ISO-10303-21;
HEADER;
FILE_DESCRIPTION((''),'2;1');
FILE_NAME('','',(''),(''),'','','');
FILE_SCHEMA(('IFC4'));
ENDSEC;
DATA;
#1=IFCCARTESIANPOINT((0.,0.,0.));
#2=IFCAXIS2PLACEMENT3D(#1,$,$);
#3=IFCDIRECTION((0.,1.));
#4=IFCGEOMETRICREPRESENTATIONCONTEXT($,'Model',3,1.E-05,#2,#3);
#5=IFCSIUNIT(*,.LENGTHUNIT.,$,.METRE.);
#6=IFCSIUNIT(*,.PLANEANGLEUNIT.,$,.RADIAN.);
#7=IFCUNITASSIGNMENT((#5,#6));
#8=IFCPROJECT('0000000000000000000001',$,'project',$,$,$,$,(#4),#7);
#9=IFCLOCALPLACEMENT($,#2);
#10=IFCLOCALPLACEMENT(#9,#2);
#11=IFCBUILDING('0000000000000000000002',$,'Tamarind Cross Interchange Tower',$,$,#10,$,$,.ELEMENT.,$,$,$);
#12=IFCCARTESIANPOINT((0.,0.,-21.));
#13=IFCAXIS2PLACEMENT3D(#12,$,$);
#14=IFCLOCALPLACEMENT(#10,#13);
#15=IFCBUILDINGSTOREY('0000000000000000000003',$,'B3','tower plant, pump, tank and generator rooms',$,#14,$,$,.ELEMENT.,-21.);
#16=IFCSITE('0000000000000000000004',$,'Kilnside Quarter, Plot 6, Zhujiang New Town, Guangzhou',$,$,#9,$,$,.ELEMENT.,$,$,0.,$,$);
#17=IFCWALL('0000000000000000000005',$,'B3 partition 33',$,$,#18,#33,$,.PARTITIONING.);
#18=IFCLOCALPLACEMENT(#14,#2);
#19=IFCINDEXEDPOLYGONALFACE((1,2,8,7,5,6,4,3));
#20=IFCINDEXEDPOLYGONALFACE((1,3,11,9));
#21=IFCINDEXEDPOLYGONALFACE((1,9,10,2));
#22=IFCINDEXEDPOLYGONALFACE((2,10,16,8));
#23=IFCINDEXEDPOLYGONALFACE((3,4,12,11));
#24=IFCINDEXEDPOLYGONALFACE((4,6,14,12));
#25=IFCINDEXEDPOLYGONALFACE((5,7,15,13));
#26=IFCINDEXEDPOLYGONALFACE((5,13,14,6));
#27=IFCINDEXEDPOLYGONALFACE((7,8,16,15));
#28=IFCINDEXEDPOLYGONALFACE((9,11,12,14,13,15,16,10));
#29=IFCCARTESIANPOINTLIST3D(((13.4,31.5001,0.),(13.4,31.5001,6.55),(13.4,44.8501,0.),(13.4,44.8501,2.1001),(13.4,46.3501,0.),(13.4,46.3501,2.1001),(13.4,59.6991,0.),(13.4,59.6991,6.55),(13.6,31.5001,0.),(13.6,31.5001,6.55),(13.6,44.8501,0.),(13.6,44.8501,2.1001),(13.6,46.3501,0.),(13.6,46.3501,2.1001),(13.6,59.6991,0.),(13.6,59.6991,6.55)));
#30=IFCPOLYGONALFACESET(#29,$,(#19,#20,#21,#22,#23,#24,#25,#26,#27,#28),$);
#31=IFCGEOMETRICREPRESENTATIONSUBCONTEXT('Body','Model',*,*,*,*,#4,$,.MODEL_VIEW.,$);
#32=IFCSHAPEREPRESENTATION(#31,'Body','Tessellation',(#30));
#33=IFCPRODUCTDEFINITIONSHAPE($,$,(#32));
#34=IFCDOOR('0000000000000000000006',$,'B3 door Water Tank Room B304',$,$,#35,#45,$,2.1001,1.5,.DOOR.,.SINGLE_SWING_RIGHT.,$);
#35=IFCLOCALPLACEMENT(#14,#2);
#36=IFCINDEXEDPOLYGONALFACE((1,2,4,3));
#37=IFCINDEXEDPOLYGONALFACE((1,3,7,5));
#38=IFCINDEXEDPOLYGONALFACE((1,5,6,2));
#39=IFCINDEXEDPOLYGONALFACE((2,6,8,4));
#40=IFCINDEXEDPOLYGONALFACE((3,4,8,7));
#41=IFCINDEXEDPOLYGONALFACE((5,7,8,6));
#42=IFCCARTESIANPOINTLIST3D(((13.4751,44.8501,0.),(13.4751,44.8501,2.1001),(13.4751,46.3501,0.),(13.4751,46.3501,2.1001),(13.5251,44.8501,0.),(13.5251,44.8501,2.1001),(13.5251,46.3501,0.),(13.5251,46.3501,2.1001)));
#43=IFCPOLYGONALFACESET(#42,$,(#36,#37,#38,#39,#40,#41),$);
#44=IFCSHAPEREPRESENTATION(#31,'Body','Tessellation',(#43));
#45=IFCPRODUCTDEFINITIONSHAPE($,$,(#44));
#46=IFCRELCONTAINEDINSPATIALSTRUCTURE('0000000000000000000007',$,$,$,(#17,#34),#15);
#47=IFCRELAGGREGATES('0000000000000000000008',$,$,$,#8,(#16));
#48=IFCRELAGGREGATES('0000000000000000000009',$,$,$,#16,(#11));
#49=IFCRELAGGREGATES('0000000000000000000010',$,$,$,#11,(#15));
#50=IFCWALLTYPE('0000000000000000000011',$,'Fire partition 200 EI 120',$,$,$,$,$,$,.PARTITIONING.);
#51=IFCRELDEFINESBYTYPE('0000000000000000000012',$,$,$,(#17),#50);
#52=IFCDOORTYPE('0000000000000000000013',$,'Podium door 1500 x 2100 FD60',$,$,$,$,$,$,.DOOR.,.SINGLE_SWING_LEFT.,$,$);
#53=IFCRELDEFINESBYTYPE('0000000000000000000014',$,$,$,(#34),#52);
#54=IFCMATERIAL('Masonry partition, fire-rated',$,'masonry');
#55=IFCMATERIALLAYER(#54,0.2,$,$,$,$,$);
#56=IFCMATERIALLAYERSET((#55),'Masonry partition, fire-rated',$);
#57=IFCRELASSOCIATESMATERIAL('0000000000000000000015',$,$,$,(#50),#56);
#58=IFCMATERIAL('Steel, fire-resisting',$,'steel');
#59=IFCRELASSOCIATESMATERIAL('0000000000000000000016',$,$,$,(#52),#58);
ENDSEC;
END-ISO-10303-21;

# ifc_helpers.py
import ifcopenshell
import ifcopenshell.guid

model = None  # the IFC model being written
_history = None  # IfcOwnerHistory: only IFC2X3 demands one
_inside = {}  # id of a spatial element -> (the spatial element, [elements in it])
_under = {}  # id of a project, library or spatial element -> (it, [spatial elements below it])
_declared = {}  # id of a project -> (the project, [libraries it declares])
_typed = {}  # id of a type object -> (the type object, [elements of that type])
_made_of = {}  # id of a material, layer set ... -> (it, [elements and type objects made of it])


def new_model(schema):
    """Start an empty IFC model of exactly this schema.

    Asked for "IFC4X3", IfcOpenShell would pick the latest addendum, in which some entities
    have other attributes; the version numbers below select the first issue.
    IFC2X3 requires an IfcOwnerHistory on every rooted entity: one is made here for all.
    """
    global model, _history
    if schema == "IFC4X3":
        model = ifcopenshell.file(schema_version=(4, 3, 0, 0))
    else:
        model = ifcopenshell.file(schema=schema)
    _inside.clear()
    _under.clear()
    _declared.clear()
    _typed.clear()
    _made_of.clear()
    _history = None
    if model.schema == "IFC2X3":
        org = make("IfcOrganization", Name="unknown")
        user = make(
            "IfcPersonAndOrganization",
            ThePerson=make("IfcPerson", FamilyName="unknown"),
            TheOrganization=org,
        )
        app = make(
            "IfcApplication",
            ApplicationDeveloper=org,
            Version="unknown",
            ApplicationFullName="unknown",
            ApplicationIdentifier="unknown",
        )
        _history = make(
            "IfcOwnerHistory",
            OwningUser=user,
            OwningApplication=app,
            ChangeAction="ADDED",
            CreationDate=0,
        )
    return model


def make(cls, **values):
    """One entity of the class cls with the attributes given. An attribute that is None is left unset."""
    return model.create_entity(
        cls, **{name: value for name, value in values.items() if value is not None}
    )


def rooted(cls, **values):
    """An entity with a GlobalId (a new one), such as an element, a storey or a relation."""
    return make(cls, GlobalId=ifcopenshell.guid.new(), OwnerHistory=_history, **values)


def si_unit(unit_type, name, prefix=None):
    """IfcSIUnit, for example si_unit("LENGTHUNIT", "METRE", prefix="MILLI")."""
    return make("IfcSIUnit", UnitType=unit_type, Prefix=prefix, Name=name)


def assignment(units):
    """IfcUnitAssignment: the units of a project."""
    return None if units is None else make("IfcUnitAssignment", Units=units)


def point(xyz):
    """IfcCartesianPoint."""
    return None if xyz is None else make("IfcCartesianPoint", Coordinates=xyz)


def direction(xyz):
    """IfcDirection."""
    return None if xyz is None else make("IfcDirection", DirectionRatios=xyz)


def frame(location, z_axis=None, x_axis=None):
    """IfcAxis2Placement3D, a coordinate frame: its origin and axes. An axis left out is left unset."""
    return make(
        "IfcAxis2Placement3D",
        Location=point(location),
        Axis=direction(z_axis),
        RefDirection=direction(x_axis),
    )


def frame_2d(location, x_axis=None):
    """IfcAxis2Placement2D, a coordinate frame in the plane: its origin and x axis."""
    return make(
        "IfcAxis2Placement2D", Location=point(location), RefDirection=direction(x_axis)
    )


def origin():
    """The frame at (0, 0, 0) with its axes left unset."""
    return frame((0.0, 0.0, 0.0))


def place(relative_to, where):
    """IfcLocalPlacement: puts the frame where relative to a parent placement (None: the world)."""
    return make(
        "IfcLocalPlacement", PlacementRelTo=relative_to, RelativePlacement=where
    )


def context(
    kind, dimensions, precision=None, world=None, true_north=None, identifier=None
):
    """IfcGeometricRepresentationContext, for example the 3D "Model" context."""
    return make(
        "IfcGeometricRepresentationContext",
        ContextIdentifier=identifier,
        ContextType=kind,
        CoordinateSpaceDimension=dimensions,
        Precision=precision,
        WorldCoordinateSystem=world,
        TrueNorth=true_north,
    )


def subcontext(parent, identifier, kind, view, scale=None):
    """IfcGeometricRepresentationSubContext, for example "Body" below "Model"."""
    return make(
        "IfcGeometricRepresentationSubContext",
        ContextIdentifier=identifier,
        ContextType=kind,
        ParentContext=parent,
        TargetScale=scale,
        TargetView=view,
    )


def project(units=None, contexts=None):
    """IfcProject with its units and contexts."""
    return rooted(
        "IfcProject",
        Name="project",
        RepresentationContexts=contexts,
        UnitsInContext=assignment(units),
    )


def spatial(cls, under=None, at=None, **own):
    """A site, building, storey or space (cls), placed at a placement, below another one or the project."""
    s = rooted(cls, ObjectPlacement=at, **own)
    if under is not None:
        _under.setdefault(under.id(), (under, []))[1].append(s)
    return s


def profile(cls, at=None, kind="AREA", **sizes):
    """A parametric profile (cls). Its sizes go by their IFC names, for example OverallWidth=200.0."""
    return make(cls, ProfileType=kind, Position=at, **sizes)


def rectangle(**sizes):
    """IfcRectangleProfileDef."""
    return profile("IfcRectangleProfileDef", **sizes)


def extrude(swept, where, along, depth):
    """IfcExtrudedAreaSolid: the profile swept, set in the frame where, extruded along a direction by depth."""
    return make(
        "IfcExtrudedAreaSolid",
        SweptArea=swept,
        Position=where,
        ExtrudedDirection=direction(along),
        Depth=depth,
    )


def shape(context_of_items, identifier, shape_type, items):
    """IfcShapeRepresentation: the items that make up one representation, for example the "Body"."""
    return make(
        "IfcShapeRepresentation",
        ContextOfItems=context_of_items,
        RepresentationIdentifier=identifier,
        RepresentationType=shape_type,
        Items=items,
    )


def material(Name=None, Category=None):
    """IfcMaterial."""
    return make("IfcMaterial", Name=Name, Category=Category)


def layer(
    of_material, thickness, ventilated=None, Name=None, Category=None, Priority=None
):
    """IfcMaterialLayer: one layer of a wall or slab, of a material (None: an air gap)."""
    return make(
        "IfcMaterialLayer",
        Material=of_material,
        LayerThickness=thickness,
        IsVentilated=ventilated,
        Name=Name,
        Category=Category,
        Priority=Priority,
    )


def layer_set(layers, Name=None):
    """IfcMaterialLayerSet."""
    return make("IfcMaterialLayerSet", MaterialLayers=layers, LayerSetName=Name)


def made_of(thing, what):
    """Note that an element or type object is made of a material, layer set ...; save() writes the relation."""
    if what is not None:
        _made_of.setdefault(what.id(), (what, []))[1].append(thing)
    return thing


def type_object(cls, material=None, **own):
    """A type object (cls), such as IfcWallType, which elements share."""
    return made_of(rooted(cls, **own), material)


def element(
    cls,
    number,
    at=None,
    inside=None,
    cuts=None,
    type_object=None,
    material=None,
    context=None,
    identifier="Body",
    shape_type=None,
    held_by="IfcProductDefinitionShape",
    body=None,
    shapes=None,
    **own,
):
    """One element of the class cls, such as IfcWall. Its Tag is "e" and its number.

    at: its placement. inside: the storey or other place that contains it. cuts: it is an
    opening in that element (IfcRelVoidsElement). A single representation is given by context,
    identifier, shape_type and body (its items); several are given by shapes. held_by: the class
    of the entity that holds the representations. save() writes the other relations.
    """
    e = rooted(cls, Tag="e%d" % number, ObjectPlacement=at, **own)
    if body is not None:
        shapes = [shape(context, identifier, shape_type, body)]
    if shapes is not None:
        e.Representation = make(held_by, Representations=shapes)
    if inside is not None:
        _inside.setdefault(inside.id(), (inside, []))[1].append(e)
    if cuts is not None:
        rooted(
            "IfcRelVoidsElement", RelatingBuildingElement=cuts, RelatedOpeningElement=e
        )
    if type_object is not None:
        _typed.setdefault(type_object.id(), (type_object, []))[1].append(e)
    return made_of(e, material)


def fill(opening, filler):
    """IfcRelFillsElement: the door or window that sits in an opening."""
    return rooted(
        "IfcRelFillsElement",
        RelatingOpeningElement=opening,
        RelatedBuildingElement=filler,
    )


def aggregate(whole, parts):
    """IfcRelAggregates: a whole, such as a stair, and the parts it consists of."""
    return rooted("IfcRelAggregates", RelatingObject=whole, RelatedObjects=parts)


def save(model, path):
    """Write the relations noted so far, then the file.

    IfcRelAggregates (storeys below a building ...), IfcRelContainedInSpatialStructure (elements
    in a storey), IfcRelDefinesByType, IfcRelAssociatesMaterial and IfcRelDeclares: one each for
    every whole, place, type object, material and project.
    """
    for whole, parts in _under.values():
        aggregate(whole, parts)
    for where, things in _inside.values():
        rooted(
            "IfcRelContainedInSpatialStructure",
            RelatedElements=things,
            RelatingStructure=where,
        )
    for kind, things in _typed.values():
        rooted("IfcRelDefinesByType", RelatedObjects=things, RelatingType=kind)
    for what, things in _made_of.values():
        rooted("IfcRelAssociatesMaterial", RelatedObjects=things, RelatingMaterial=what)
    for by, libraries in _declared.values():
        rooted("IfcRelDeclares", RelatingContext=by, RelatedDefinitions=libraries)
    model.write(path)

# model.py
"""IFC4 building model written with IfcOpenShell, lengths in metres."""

from ifc_helpers import new_model, si_unit, direction, frame, frame_2d, origin, place, context, subcontext, project, spatial, rectangle, extrude, material, layer, layer_set, type_object, element, fill, save


model = new_model("IFC4")

# Units and contexts
model_context = context("Model", 3, precision=1e-05, world=origin(), true_north=direction((0.0, 1.0)))
body_context = subcontext(model_context, "Body", "Model", "MODEL_VIEW")
ifc_project = project(units=[si_unit("LENGTHUNIT", "METRE"), si_unit("PLANEANGLEUNIT", "RADIAN")], contexts=[model_context])

# Site, building, storey
site_placement = place(None, origin())
site = spatial("IfcSite", under=ifc_project, at=site_placement, Name="Kilnside Quarter, Plot 6, Zhujiang New Town, Guangzhou", CompositionType="ELEMENT", RefElevation=0.0)
building_placement = place(site_placement, origin())
building = spatial("IfcBuilding", under=site, at=building_placement, Name="Tamarind Cross Interchange Tower", CompositionType="ELEMENT")
storey_placement = place(building_placement, frame((0.0, 0.0, -21.0)))
storey = spatial("IfcBuildingStorey", under=building, at=storey_placement, Name="B3", Description="tower plant, pump, tank and generator rooms", CompositionType="ELEMENT", Elevation=-21.0)

# Shared definitions
ifc_material_1 = material(Name="Masonry partition, fire-rated", Category="masonry")
ifc_layer = layer(ifc_material_1, 0.2)
ifc_layer_set = layer_set([ifc_layer], Name="Masonry partition, fire-rated")
wall_type = type_object("IfcWallType", Name="Fire partition 200 EI 120", PredefinedType="PARTITIONING", material=ifc_layer_set)
ifc_material_2 = material(Name="Steel, fire-resisting", Category="steel")
door_type_1 = type_object("IfcDoorType", Name="Podium door 1500 x 2100 FD60", OperationType="SINGLE_SWING_LEFT", PredefinedType="DOOR", material=ifc_material_2)

# Wall, opening, door
wall_1_placement = place(storey_placement, frame((13.5, 31.5, 0.0), z_axis=(0.0, 0.0, 1.0), x_axis=(0.0, 1.0, 0.0)))
wall_1 = element("IfcWall", 1, at=wall_1_placement, inside=storey, type_object=wall_type, Name="B3 partition 33", PredefinedType="PARTITIONING", context=body_context, shape_type="SweptSolid", body=[
    extrude(rectangle(XDim=28.199, YDim=0.2, at=frame_2d((14.0996, 0.0))), origin(), (0.0, 0.0, 1.0), 6.55),
])
opening_1_placement = place(wall_1_placement, frame((13.3501, 0.0, 0.0)))
opening_1 = element("IfcOpeningElement", 2, at=opening_1_placement, cuts=wall_1, PredefinedType="OPENING", context=body_context, shape_type="SweptSolid", body=[
    extrude(rectangle(XDim=1.5, YDim=2.1001, at=frame_2d((0.75, 1.05))), frame((0.0, 0.1099, 0.0), z_axis=(0.0, -1.0, 0.0), x_axis=(1.0, 0.0, 0.0)), (0.0, 0.0, 1.0), 0.22),
])
door_1_placement = place(opening_1_placement, origin())
door_1 = element("IfcDoor", 3, at=door_1_placement, inside=storey, type_object=door_type_1, Name="B3 door Water Tank Room B304", OperationType="SINGLE_SWING_RIGHT", OverallHeight=2.1001, OverallWidth=1.5, PredefinedType="DOOR", context=body_context, shape_type="SweptSolid", body=[
    extrude(rectangle(XDim=1.5, YDim=2.1001, at=frame_2d((0.75, 1.05))), frame((0.0, 0.0249, 0.0), z_axis=(0.0, -1.0, 0.0), x_axis=(1.0, 0.0, 0.0)), (0.0, 0.0, 1.0), 0.05),
])
fill(opening_1, door_1)

save(model, "model.ifc")
